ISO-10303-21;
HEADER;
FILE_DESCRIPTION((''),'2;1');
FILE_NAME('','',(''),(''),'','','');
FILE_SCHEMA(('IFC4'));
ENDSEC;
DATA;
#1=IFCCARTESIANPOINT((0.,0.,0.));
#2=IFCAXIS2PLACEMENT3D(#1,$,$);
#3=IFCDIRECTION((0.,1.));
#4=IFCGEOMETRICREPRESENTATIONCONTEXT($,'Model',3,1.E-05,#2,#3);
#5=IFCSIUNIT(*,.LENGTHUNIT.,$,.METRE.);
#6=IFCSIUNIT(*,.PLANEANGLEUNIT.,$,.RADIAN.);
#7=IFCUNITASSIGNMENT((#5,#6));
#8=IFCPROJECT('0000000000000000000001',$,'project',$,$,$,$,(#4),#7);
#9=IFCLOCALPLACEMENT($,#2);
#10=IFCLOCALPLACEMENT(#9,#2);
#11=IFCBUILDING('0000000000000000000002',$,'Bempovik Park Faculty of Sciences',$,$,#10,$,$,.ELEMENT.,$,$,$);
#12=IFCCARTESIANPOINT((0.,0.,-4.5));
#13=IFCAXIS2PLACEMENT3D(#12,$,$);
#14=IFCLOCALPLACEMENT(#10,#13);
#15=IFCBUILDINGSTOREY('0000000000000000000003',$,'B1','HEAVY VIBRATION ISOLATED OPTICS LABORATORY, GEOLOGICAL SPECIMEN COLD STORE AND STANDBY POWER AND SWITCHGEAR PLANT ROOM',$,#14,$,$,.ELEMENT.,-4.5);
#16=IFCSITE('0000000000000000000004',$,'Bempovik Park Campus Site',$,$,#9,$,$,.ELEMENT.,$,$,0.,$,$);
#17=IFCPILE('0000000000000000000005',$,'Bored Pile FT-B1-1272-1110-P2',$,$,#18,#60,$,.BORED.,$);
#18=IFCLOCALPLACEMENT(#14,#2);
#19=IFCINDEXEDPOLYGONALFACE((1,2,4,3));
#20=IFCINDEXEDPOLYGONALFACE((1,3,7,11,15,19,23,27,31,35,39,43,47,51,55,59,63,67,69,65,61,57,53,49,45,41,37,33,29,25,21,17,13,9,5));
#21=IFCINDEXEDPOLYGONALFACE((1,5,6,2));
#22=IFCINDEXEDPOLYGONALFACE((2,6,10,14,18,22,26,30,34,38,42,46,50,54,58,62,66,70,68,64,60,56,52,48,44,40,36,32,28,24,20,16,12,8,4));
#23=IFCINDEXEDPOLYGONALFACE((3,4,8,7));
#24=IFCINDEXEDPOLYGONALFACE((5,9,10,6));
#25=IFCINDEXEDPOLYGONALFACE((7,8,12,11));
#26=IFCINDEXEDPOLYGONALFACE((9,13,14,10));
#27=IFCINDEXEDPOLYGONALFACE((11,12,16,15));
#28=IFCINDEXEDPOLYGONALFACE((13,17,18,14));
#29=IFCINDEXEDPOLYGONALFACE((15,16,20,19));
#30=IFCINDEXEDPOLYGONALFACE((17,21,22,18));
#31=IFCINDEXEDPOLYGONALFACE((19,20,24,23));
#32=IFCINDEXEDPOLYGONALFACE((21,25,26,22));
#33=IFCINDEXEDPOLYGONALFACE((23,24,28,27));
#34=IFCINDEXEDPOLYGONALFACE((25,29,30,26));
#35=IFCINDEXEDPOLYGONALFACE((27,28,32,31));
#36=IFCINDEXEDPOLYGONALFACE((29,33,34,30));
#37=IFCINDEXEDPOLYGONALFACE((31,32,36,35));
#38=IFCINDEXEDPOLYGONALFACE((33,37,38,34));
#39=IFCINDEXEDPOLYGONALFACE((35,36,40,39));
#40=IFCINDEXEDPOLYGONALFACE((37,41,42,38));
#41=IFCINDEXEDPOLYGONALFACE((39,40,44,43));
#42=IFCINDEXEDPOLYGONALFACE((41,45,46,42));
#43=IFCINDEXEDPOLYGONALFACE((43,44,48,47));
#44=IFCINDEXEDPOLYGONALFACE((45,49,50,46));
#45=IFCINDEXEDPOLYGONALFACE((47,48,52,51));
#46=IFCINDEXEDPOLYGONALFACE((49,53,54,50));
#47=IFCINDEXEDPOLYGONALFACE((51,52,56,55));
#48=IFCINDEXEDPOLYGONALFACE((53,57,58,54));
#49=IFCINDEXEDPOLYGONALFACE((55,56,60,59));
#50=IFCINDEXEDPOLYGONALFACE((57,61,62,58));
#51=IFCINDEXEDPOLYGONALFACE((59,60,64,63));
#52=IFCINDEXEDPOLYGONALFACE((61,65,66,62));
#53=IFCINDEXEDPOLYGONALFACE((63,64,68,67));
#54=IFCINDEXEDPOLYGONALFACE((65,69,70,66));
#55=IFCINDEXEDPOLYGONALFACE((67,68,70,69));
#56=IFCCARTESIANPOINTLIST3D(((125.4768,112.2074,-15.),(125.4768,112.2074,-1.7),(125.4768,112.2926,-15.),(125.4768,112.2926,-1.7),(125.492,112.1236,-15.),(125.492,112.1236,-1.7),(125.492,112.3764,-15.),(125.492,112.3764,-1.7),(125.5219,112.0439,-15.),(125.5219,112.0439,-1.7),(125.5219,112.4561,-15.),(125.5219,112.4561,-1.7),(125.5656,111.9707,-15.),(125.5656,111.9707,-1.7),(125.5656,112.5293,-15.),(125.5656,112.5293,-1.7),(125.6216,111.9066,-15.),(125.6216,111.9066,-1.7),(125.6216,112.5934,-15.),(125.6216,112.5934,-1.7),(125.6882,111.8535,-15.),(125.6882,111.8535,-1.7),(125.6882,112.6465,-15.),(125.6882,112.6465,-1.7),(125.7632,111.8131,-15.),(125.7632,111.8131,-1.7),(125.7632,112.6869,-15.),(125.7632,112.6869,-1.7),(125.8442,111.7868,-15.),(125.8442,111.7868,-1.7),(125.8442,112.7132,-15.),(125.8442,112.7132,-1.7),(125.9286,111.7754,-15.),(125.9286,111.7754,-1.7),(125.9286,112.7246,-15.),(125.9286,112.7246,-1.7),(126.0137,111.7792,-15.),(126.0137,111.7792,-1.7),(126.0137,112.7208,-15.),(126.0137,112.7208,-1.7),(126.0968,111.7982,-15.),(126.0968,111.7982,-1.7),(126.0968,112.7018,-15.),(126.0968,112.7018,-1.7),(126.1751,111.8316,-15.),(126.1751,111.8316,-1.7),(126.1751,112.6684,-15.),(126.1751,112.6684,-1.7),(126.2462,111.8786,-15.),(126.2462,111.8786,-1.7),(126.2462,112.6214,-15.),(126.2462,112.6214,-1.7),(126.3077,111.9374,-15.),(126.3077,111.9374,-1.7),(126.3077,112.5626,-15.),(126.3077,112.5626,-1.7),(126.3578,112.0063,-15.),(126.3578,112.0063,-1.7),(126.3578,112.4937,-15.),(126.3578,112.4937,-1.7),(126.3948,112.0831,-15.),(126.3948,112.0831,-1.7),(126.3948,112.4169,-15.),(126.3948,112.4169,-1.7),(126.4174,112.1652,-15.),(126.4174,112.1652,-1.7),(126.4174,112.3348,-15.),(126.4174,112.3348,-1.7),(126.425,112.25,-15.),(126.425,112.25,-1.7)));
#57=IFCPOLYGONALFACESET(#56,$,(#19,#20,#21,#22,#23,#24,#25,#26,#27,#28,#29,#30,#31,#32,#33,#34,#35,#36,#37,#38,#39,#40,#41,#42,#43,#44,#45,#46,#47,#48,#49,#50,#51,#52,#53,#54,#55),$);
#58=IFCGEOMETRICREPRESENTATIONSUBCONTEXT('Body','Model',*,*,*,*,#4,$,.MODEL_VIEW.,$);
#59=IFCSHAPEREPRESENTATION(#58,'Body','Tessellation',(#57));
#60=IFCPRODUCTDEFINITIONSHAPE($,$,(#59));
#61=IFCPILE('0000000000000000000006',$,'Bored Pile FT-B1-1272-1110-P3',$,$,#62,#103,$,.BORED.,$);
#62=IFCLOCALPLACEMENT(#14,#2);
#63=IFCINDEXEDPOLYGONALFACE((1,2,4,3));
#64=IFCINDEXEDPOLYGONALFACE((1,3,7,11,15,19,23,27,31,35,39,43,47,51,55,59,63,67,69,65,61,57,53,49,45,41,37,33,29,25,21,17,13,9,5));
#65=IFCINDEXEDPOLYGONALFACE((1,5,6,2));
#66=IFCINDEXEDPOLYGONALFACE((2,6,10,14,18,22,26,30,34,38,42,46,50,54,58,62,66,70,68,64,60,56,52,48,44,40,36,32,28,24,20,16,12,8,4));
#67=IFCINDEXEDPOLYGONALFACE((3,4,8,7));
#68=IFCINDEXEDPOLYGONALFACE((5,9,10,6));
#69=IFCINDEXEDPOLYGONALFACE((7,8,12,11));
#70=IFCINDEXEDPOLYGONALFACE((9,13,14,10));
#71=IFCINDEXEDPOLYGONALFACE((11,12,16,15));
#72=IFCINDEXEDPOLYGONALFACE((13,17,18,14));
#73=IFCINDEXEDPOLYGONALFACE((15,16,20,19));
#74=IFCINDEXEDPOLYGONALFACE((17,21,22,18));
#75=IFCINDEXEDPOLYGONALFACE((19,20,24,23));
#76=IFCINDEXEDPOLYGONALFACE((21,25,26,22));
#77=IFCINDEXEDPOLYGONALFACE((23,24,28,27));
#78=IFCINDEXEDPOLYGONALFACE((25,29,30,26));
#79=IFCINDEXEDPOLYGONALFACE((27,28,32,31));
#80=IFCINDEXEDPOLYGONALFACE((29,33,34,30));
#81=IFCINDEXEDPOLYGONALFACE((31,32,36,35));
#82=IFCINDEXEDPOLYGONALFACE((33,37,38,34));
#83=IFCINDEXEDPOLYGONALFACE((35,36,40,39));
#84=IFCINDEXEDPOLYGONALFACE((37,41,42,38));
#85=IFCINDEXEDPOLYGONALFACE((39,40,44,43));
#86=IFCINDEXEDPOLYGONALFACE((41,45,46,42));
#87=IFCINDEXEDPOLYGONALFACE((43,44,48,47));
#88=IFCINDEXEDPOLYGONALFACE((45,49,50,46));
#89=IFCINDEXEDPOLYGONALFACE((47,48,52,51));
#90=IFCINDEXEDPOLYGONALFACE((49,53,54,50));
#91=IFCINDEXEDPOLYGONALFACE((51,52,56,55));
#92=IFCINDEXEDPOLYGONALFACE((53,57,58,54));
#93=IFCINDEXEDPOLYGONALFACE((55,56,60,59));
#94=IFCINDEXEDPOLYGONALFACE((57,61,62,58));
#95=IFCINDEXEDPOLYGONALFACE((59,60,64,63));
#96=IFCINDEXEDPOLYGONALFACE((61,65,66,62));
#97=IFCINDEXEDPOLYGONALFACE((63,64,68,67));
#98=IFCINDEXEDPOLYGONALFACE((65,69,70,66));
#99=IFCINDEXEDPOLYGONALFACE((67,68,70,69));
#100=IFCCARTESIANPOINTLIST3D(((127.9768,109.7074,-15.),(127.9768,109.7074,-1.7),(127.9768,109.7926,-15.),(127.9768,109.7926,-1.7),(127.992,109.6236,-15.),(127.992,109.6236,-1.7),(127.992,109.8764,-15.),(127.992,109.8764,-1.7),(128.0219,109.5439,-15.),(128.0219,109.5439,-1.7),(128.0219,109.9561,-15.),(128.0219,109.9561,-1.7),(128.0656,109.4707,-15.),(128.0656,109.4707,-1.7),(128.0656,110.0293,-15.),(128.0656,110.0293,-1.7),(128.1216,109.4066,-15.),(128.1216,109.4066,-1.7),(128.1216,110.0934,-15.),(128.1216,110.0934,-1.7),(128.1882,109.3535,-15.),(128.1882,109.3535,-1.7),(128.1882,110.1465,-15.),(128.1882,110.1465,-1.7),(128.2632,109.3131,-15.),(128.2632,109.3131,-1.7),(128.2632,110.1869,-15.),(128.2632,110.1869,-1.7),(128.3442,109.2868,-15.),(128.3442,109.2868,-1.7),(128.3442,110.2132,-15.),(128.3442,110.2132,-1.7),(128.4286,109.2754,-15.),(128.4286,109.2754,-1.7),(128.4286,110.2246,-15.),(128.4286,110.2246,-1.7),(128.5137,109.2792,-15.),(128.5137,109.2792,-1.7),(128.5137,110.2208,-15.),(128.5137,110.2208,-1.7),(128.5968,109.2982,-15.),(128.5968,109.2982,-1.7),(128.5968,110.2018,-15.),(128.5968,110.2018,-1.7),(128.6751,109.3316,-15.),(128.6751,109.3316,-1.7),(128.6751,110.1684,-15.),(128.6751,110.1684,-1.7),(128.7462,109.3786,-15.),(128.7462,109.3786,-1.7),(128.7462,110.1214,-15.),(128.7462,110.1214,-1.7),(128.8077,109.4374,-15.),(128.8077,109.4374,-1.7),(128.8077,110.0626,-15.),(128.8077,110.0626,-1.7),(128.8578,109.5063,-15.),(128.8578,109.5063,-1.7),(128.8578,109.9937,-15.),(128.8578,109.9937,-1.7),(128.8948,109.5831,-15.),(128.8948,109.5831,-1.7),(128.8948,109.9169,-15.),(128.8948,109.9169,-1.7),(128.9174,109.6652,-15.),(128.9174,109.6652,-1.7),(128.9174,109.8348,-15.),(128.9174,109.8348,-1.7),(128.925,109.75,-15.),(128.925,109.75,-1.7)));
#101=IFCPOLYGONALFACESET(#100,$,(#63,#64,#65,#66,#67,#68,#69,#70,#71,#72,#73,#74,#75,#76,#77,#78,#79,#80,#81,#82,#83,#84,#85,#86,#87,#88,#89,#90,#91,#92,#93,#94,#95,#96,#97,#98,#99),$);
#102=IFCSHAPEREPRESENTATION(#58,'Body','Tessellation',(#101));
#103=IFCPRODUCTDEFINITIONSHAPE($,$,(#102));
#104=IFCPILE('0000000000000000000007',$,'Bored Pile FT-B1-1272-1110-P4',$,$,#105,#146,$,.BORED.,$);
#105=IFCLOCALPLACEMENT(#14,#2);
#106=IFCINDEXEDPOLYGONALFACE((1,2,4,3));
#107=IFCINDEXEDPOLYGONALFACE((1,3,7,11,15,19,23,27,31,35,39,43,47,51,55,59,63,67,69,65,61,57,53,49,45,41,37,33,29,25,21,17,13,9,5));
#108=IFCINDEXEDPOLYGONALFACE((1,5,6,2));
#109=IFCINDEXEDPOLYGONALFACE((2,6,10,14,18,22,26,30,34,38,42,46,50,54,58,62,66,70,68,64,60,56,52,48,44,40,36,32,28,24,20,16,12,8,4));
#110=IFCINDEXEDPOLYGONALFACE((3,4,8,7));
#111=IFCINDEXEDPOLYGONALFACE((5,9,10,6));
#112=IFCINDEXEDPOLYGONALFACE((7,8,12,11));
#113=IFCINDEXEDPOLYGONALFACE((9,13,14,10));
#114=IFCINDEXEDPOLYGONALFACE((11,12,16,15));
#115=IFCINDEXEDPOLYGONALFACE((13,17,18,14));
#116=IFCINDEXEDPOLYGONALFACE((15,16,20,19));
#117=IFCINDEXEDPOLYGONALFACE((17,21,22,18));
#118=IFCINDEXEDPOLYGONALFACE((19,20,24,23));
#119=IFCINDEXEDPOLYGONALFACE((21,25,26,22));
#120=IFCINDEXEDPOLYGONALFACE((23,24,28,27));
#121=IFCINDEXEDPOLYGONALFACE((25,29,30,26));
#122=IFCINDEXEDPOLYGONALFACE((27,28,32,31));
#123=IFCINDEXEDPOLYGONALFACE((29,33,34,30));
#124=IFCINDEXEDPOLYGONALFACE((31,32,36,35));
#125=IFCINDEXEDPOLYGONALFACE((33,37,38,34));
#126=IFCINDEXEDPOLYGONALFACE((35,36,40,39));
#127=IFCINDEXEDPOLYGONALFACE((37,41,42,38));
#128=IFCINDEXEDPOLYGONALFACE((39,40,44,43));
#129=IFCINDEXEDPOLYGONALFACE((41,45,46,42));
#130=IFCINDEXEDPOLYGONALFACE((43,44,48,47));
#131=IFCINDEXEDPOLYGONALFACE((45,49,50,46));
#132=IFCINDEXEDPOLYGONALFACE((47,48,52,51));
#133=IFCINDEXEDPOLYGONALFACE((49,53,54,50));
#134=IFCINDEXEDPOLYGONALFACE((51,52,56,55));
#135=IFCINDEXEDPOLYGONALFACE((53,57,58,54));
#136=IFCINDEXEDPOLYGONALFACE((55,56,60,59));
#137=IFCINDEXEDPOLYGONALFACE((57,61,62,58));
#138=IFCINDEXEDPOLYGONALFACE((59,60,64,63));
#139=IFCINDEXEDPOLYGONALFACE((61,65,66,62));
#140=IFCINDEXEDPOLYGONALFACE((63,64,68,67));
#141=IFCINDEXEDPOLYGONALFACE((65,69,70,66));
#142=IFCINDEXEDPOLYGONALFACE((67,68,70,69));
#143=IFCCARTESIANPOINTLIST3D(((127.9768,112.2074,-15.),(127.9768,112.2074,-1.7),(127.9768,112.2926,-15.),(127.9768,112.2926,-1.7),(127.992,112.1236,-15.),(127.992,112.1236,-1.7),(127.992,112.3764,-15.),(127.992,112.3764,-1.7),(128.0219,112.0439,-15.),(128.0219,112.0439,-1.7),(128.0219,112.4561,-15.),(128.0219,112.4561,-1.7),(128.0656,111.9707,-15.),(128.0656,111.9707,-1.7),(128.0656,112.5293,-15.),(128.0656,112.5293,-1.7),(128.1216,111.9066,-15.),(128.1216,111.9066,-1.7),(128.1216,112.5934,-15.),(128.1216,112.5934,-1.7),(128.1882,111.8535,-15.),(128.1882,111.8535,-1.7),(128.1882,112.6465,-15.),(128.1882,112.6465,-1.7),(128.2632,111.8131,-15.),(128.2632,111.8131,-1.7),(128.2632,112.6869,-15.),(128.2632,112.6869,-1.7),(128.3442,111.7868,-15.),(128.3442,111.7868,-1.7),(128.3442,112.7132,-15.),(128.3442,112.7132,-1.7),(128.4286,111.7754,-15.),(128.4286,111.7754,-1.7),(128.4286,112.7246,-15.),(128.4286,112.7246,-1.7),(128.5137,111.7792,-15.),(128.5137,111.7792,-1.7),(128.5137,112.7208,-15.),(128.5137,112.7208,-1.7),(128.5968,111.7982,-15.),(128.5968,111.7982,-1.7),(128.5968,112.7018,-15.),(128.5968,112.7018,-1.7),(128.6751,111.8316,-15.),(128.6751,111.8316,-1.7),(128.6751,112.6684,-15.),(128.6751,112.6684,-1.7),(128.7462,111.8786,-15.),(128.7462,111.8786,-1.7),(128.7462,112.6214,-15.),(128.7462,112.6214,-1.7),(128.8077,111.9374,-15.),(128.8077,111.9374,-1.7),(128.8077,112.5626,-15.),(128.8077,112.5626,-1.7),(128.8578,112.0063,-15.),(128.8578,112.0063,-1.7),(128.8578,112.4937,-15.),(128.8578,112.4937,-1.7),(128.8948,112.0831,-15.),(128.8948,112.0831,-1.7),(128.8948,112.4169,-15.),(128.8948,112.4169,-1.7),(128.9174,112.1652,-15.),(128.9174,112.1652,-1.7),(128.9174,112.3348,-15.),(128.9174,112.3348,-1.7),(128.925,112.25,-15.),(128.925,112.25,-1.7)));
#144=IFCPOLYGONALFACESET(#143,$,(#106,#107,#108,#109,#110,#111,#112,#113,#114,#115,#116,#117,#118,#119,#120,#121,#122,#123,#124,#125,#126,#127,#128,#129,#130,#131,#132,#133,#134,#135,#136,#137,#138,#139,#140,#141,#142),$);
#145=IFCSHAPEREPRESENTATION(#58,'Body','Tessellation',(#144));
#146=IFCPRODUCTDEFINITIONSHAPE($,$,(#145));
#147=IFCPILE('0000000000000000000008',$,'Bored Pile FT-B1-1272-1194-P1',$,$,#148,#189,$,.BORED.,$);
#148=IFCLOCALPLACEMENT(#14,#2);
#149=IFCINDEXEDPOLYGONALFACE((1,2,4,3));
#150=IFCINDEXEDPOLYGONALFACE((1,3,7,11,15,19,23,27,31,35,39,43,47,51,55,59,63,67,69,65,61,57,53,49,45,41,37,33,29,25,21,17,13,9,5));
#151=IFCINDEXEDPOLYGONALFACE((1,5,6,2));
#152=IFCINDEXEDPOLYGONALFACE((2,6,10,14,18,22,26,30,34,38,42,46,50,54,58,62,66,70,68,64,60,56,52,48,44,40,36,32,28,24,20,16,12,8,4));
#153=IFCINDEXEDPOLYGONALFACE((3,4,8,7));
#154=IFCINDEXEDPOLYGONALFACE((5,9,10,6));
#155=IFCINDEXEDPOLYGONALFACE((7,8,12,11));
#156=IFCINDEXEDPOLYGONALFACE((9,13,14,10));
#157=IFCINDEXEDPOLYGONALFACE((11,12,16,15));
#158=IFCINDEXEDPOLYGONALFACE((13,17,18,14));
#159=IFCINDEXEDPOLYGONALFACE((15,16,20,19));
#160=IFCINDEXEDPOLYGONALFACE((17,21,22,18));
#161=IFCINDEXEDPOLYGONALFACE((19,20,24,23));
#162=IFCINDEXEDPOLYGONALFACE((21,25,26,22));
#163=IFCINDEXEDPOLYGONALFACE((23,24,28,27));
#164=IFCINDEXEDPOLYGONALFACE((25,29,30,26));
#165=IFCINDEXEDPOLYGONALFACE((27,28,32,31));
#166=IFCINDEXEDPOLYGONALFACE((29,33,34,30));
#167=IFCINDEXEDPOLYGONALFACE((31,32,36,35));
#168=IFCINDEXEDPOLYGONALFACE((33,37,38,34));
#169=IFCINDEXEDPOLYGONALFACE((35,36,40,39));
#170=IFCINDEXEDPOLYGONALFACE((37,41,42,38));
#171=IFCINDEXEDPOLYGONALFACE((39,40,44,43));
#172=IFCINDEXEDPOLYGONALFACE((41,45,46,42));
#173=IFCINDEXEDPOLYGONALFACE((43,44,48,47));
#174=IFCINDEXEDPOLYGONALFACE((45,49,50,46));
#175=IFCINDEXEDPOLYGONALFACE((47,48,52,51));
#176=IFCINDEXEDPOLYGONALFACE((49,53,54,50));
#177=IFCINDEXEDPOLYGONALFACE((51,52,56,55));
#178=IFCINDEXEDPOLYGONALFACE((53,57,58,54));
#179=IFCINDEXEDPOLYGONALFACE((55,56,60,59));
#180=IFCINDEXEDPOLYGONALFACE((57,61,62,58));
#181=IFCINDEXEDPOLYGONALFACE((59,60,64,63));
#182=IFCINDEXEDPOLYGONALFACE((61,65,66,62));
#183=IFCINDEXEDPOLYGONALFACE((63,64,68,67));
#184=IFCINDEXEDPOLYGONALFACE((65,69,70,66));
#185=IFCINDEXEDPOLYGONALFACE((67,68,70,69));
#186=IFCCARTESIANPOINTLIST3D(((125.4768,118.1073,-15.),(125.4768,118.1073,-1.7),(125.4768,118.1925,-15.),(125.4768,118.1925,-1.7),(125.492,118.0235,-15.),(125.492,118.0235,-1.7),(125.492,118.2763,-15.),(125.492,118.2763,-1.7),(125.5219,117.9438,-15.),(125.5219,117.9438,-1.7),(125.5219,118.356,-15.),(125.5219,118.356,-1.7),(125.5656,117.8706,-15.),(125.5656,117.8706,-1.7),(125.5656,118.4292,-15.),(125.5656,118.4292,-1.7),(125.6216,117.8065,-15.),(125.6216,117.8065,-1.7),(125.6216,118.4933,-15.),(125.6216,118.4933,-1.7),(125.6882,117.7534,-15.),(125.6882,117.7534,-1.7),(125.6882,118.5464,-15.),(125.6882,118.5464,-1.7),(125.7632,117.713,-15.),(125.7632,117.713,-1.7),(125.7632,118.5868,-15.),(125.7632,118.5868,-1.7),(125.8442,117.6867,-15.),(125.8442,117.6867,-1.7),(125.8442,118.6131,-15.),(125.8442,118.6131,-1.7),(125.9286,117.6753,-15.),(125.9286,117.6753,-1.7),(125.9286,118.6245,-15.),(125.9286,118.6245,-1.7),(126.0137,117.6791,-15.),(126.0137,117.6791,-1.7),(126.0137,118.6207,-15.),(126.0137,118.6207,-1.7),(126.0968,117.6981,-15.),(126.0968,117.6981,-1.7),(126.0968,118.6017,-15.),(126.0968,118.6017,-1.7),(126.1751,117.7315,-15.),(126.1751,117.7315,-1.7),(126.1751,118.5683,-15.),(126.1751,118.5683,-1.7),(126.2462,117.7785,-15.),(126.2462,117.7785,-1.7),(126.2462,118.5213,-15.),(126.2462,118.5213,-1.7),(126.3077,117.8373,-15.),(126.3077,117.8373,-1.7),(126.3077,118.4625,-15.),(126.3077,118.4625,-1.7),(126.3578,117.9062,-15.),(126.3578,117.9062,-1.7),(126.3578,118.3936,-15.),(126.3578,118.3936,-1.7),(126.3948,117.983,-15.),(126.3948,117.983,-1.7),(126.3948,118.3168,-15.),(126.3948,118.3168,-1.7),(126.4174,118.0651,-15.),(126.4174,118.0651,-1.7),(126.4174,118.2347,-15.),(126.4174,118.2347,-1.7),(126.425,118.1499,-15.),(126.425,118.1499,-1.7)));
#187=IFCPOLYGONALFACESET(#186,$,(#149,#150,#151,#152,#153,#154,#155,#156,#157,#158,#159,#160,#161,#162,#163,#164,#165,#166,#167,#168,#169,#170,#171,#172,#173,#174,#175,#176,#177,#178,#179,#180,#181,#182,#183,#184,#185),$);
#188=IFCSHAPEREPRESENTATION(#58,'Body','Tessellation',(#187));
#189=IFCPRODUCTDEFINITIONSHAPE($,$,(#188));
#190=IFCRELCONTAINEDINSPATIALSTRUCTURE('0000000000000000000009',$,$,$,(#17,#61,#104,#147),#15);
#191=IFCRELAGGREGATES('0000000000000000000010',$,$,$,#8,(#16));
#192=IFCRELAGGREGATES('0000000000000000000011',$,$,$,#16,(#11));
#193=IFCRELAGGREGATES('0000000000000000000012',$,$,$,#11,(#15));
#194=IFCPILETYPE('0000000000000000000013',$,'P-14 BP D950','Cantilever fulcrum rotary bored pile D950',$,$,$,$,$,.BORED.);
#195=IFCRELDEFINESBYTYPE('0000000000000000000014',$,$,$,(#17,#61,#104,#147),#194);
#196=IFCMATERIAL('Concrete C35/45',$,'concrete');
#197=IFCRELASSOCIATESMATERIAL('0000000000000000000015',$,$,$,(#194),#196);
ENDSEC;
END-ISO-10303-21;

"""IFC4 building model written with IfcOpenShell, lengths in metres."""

from ifc_helpers import new_model, si_unit, direction, frame, origin, origin_2d, place, context, subcontext, project, spatial, circle, extrude, material, material_profile, profile_set, type_object, element, save


model = new_model("IFC4")

# Units and contexts
model_context = context("Model", 3, precision=1e-05, world=origin(), true_north=direction((0.0, 1.0)))
body_context = subcontext(model_context, "Body", "Model", "MODEL_VIEW")
ifc_project = project(units=[si_unit("LENGTHUNIT", "METRE"), si_unit("PLANEANGLEUNIT", "RADIAN")], contexts=[model_context])

# Site, building, storey
site_placement = place(None, origin())
site = spatial("IfcSite", under=ifc_project, at=site_placement, Name="Bempovik Park Campus Site", CompositionType="ELEMENT", RefElevation=0.0)
building_placement = place(site_placement, origin())
building = spatial("IfcBuilding", under=site, at=building_placement, Name="Bempovik Park Faculty of Sciences", CompositionType="ELEMENT")
storey_placement = place(building_placement, frame((0.0, 0.0, -4.5)))
storey = spatial("IfcBuildingStorey", under=building, at=storey_placement, Name="B1", Description="HEAVY VIBRATION ISOLATED OPTICS LABORATORY, GEOLOGICAL SPECIMEN COLD STORE AND STANDBY POWER AND SWITCHGEAR PLANT ROOM", CompositionType="ELEMENT", Elevation=-4.5)

# Shared definitions
ifc_material_1 = material(Name="Concrete C35/45", Category="concrete")

# Piles
ifc_material_profile_1 = material_profile(ifc_material_1, circle(Radius=0.4751, at=origin_2d()), Name="BP D950")
ifc_profile_set_1 = profile_set([ifc_material_profile_1], Name="Concrete C35/45")
pile_type = type_object("IfcPileType", Name="P-14 BP D950", Description="Cantilever fulcrum rotary bored pile D950", PredefinedType="BORED", material=ifc_profile_set_1)
for number, where, z_axis, x_axis, name in (
    (1, (125.95, 112.25, -1.7), (0.0, 0.0, -1.0), (1.0, 0.0, 0.0), "Bored Pile FT-B1-1272-1110-P2"),
    (2, (128.45, 109.75, -1.7), (0.0, 0.0, -1.0), (1.0, 0.0, 0.0), "Bored Pile FT-B1-1272-1110-P3"),
    (3, (128.45, 112.25, -1.7), (0.0, 0.0, -1.0), (1.0, 0.0, 0.0), "Bored Pile FT-B1-1272-1110-P4"),
    (4, (125.95, 118.1499, -1.7), (0.0, 0.0, -1.0), (1.0, 0.0, 0.0), "Bored Pile FT-B1-1272-1194-P1"),
):
    element("IfcPile", number, at=place(storey_placement, frame(where, z_axis=z_axis, x_axis=x_axis)), inside=storey, type_object=pile_type, Name=name, PredefinedType="BORED", context=body_context, shape_type="SweptSolid", body=[
        extrude(circle(Radius=0.4751, at=origin_2d()), origin(), (0.0, 0.0, 1.0), 13.3),
    ])

save(model, "model.ifc")
